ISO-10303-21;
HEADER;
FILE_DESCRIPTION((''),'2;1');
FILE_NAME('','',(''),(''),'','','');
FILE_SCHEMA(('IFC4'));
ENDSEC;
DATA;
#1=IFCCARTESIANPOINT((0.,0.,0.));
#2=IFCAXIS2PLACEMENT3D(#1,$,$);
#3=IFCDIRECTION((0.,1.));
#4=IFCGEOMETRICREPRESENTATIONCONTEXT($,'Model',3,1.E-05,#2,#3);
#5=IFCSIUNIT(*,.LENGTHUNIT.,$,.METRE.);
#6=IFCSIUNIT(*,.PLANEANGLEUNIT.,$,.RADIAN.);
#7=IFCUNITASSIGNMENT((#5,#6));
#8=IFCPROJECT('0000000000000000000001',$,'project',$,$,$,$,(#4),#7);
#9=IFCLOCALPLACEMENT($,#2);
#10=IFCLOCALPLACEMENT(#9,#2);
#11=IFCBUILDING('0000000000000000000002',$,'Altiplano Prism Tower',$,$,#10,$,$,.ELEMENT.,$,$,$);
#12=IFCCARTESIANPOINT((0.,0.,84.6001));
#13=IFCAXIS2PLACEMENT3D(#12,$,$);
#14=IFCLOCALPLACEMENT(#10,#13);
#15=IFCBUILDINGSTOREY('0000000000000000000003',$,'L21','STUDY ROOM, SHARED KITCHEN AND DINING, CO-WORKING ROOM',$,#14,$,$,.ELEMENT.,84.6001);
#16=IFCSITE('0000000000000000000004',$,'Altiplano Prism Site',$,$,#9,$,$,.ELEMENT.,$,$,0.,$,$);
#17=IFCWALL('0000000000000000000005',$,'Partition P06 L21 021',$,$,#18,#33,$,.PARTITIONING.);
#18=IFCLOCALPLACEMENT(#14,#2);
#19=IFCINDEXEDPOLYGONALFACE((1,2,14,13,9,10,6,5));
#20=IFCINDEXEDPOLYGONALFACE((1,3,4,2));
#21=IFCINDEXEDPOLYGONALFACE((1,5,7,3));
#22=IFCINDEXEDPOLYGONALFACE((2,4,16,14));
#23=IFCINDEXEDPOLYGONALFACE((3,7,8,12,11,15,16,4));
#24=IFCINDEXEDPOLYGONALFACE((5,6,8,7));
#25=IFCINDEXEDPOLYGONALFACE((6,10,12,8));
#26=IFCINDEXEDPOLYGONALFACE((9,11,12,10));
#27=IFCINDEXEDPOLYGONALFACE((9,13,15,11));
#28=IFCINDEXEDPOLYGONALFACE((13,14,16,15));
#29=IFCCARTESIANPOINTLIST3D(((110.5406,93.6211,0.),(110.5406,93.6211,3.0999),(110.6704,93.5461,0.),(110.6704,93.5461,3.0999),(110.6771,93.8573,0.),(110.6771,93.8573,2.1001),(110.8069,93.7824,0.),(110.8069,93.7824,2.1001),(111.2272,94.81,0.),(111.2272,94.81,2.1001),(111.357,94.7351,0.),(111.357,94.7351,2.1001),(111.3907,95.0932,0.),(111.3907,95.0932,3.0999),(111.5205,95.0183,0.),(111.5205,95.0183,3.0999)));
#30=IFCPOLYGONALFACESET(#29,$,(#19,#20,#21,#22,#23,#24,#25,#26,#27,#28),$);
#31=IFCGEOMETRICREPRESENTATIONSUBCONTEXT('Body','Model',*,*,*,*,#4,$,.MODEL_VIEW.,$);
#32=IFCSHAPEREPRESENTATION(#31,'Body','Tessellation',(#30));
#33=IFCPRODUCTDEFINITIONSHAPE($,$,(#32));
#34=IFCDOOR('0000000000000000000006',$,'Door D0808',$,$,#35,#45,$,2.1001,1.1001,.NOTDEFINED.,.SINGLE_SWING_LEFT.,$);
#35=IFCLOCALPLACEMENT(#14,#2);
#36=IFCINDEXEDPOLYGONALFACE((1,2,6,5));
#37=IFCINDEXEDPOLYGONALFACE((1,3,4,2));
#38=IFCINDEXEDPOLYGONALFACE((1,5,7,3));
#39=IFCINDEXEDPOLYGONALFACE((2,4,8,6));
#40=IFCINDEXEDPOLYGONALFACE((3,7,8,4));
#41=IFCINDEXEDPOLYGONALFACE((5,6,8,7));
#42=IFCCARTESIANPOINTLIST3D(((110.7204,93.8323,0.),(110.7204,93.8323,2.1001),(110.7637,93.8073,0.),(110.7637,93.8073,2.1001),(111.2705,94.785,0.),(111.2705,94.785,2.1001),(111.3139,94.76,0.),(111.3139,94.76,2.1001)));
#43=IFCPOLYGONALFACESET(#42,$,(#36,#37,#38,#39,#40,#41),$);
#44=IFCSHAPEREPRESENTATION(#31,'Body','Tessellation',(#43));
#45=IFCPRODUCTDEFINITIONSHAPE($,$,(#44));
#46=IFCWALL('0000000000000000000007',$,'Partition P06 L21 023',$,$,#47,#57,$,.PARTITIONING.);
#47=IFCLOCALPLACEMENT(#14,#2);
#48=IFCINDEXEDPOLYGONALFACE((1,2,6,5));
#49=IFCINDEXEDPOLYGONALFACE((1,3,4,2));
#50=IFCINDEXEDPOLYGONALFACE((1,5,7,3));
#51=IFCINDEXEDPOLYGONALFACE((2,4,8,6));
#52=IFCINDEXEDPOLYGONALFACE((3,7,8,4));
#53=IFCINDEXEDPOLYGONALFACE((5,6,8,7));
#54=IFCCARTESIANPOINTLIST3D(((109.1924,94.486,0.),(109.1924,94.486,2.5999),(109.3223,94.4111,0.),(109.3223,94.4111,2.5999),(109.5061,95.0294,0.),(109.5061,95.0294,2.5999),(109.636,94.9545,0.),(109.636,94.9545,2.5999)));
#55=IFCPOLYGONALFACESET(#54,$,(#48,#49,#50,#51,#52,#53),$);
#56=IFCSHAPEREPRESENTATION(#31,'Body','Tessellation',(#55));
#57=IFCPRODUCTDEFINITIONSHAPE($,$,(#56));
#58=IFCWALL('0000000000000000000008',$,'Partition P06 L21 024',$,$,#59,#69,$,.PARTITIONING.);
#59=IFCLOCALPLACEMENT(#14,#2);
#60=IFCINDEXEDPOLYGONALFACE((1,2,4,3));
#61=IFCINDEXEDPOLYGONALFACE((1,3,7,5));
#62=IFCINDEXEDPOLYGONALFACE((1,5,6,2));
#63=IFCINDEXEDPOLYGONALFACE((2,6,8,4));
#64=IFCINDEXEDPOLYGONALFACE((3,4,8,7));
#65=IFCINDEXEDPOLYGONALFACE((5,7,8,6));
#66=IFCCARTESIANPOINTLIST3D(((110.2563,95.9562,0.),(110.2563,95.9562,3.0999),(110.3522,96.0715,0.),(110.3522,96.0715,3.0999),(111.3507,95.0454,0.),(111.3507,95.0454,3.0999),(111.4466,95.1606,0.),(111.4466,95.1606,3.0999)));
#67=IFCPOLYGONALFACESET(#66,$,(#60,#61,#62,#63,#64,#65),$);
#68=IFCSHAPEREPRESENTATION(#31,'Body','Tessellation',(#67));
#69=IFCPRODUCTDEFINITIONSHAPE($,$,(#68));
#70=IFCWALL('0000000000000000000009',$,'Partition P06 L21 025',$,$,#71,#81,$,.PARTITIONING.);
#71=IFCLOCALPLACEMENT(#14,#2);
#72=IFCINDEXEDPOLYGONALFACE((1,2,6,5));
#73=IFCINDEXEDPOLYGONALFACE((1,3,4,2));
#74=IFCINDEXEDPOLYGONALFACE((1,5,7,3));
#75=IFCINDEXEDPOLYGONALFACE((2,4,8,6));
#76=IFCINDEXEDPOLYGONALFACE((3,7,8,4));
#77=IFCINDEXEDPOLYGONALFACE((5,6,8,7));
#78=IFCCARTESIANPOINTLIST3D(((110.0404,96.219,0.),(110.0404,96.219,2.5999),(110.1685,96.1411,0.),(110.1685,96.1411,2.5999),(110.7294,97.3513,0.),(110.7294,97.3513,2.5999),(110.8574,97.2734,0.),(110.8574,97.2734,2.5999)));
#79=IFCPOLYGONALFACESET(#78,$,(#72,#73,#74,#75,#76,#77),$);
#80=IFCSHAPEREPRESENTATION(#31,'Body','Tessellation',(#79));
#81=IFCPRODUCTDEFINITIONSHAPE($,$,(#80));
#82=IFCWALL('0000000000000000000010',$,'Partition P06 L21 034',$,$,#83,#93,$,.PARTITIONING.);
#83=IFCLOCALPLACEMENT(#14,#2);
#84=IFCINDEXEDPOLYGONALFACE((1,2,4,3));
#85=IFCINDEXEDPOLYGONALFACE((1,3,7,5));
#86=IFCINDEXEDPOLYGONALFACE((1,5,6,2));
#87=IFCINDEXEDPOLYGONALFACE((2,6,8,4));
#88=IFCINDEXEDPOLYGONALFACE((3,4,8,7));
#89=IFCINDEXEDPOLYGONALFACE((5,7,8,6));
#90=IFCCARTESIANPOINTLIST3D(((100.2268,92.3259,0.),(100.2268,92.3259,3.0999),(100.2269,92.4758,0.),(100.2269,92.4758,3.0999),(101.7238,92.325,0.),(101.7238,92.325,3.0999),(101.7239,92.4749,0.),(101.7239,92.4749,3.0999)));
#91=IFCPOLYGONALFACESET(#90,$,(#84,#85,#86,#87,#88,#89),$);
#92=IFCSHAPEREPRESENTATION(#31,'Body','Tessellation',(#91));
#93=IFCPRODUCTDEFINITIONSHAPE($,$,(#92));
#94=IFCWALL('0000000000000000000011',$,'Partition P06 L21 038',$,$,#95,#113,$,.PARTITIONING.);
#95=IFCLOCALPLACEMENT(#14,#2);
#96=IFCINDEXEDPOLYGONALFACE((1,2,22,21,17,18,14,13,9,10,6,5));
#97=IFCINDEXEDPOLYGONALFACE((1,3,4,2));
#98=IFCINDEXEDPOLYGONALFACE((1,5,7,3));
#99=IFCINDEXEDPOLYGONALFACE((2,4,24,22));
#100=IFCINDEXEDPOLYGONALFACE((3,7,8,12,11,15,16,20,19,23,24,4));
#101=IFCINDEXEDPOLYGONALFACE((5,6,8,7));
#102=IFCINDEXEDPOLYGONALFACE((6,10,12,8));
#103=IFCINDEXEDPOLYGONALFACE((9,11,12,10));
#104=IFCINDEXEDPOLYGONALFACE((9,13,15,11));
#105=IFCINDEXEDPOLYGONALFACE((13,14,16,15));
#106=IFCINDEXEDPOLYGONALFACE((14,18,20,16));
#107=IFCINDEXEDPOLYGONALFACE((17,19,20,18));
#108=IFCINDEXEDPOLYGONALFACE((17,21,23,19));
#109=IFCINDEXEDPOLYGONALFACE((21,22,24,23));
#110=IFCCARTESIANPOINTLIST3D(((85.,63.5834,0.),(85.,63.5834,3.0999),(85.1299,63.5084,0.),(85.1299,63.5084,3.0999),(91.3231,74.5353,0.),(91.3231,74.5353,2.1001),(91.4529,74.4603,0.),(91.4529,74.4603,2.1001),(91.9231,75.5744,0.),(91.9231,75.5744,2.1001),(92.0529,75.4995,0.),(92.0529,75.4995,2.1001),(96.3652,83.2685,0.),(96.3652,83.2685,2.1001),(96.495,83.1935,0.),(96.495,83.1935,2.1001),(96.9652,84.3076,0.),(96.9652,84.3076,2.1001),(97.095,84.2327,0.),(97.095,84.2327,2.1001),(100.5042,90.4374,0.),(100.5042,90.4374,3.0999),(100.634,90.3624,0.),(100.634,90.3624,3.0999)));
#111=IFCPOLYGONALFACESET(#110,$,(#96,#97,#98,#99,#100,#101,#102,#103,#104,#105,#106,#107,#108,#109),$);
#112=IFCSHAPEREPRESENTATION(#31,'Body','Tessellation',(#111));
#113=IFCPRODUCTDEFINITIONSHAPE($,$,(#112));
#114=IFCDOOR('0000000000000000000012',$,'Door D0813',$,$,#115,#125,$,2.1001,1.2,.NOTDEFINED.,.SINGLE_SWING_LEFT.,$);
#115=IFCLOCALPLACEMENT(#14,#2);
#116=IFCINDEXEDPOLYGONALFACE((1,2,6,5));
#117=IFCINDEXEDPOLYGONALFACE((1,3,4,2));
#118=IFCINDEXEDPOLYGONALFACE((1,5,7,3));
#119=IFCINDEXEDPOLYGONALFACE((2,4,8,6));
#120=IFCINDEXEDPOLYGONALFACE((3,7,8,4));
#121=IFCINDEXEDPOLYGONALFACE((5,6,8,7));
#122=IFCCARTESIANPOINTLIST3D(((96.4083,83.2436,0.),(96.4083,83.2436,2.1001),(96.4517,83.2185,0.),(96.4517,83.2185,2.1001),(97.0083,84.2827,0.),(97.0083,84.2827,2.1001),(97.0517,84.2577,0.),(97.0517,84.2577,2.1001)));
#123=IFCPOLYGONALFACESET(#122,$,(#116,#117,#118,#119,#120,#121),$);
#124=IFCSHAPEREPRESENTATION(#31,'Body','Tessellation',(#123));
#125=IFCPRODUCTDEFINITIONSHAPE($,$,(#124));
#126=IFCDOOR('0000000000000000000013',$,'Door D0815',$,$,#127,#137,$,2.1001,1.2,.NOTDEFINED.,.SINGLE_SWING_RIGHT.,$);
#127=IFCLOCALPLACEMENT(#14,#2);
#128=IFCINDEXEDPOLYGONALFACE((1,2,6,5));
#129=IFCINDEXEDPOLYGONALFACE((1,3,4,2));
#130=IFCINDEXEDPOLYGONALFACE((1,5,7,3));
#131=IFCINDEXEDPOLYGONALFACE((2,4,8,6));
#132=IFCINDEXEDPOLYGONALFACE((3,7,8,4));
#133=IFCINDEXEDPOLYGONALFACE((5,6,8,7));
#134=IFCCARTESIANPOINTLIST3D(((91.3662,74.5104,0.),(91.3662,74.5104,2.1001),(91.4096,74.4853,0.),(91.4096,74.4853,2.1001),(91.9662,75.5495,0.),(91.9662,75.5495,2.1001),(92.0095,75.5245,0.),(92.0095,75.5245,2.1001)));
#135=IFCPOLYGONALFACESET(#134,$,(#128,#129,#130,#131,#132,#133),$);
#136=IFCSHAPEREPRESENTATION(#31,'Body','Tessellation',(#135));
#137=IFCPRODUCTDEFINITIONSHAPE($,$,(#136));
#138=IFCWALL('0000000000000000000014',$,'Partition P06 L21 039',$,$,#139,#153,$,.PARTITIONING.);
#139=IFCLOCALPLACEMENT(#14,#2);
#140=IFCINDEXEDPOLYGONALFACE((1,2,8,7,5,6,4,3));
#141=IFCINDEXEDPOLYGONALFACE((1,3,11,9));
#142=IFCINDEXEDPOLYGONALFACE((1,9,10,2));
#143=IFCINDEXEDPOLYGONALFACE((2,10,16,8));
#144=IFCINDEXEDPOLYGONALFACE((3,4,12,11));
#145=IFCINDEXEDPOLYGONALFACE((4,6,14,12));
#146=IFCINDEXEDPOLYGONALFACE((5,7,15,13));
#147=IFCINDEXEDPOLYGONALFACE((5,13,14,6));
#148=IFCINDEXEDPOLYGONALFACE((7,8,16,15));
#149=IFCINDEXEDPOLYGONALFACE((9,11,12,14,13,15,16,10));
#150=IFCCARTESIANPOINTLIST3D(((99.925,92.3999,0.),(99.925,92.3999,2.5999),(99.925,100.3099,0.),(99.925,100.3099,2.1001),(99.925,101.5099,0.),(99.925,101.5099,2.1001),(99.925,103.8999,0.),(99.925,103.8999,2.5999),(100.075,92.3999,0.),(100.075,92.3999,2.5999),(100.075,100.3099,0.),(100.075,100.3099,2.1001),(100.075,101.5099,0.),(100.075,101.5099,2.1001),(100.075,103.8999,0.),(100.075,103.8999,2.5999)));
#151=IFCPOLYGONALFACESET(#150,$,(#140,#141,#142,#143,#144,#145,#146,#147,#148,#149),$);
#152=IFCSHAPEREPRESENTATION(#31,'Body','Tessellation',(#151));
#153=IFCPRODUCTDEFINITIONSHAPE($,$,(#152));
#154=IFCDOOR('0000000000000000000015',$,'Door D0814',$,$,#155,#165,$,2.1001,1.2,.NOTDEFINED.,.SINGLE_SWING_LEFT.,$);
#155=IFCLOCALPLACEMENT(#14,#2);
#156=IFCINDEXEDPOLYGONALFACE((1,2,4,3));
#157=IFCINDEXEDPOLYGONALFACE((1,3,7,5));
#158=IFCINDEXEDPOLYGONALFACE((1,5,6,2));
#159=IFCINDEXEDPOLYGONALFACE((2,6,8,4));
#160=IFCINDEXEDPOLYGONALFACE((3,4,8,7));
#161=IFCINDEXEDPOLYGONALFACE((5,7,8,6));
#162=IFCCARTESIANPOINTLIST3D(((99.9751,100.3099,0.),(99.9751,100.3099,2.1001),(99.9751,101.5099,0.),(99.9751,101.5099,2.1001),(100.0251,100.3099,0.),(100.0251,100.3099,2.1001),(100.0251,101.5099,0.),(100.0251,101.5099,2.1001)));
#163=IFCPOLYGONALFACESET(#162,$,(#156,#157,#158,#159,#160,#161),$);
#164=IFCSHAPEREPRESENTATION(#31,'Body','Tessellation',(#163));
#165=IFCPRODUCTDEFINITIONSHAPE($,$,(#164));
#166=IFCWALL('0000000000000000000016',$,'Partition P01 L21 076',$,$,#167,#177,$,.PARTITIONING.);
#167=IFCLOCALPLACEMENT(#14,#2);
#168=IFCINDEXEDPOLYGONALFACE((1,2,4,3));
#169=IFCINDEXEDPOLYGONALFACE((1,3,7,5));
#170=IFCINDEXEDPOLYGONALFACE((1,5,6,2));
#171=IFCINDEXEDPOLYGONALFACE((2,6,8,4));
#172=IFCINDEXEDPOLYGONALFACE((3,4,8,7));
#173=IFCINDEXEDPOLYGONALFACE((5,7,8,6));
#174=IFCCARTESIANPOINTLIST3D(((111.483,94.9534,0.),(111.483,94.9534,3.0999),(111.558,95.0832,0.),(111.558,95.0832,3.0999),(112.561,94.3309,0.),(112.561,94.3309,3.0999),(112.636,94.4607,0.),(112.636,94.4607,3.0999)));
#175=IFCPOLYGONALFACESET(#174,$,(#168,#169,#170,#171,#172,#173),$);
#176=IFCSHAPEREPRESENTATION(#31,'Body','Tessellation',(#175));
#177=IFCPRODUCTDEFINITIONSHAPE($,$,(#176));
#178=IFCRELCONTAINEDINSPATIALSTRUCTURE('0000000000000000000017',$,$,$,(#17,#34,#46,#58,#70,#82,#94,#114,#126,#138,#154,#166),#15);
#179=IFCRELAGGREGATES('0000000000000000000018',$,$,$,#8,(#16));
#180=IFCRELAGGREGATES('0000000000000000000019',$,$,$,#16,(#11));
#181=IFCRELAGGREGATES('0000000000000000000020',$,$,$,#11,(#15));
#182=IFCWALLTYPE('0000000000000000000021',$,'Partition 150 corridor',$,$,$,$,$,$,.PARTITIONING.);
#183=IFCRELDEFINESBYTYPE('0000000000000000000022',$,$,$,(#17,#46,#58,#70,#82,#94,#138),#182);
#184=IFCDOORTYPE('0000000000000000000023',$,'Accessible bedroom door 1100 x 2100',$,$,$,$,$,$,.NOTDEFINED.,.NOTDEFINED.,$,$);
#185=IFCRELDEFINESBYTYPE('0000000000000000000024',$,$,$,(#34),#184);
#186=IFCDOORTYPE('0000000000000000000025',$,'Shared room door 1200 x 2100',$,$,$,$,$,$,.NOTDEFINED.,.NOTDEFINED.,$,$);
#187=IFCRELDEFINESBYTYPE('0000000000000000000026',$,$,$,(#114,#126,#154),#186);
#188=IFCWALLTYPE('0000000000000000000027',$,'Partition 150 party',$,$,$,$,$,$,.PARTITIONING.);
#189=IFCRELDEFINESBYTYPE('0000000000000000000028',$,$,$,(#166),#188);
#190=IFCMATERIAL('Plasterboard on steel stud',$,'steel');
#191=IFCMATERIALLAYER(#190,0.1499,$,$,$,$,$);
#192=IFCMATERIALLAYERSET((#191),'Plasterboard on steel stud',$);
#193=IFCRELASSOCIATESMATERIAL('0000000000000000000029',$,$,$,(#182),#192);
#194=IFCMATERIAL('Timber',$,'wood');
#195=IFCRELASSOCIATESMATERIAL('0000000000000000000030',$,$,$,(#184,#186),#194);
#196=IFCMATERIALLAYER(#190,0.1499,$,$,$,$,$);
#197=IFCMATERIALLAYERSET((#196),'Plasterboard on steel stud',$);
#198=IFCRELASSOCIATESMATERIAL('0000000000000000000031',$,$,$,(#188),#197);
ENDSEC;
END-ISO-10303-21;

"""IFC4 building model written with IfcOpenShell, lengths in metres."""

from ifc_helpers import new_model, si_unit, direction, frame, frame_2d, origin, place, context, subcontext, project, spatial, rectangle, extrude, material, layer, layer_set, type_object, element, fill, save


model = new_model("IFC4")

# Units and contexts
model_context = context("Model", 3, precision=1e-05, world=origin(), true_north=direction((0.0, 1.0)))
body_context = subcontext(model_context, "Body", "Model", "MODEL_VIEW")
ifc_project = project(units=[si_unit("LENGTHUNIT", "METRE"), si_unit("PLANEANGLEUNIT", "RADIAN")], contexts=[model_context])

# Site, building, storey
site_placement = place(None, origin())
site = spatial("IfcSite", under=ifc_project, at=site_placement, Name="Altiplano Prism Site", CompositionType="ELEMENT", RefElevation=0.0)
building_placement = place(site_placement, origin())
building = spatial("IfcBuilding", under=site, at=building_placement, Name="Altiplano Prism Tower", CompositionType="ELEMENT")
storey_placement = place(building_placement, frame((0.0, 0.0, 84.6001)))
storey = spatial("IfcBuildingStorey", under=building, at=storey_placement, Name="L21", Description="STUDY ROOM, SHARED KITCHEN AND DINING, CO-WORKING ROOM", CompositionType="ELEMENT", Elevation=84.6001)

# Shared definitions
ifc_material_1 = material(Name="Plasterboard on steel stud", Category="steel")
ifc_material_2 = material(Name="Timber", Category="wood")

# Shared definitions
ifc_layer_1 = layer(ifc_material_1, 0.1499)
ifc_layer_set_1 = layer_set([ifc_layer_1], Name="Plasterboard on steel stud")
wall_type_1 = type_object("IfcWallType", Name="Partition 150 corridor", PredefinedType="PARTITIONING", material=ifc_layer_set_1)

# Wall, opening, door
wall_1_placement = place(storey_placement, frame((110.6055, 93.5835, 0.0), z_axis=(0.0, 0.0, 1.0), x_axis=(0.500062, 0.865989, 0.0)))
wall_1 = element("IfcWall", 1, at=wall_1_placement, inside=storey, type_object=wall_type_1, Name="Partition P06 L21 021", PredefinedType="PARTITIONING", context=body_context, shape_type="SweptSolid", body=[
    extrude(rectangle(XDim=1.7, YDim=0.1499, at=frame_2d((0.8501, 0.0))), origin(), (0.0, 0.0, 1.0), 3.0999),
])
opening_1_placement = place(wall_1_placement, frame((0.2729, 0.0, 0.0)))
opening_1 = element("IfcOpeningElement", 2, at=opening_1_placement, cuts=wall_1, PredefinedType="OPENING", context=body_context, shape_type="SweptSolid", body=[
    extrude(rectangle(XDim=1.1001, YDim=2.1001, at=frame_2d((0.55, 1.05))), frame((0.0, 0.0854, 0.0), z_axis=(0.0, -1.0, 0.0), x_axis=(1.0, 0.0, 0.0)), (0.0, 0.0, 1.0), 0.1709),
])
door_type_1 = type_object("IfcDoorType", Name="Accessible bedroom door 1100 x 2100", OperationType="NOTDEFINED", PredefinedType="NOTDEFINED", material=ifc_material_2)
door_1_placement = place(opening_1_placement, origin())
door_1 = element("IfcDoor", 3, at=door_1_placement, inside=storey, type_object=door_type_1, Name="Door D0808", OperationType="SINGLE_SWING_LEFT", OverallHeight=2.1001, OverallWidth=1.1001, PredefinedType="NOTDEFINED", context=body_context, shape_type="SweptSolid", body=[
    extrude(rectangle(XDim=1.1001, YDim=2.1001, at=frame_2d((0.55, 1.05))), frame((0.0, 0.0249, 0.0), z_axis=(0.0, -1.0, 0.0), x_axis=(1.0, 0.0, 0.0)), (0.0, 0.0, 1.0), 0.05),
])
fill(opening_1, door_1)

# Walls
wall_2_placement = place(storey_placement, frame((109.571, 94.9919, 0.0), z_axis=(0.0, 0.0, 1.0), x_axis=(-0.499947, -0.866056, 0.0)))
element("IfcWall", 4, at=wall_2_placement, inside=storey, type_object=wall_type_1, Name="Partition P06 L21 023", PredefinedType="PARTITIONING", context=body_context, shape_type="SweptSolid", body=[
    extrude(rectangle(XDim=0.6274, YDim=0.1499, at=frame_2d((0.3137, 0.0))), origin(), (0.0, 0.0, 1.0), 2.5999),
])
wall_3_placement = place(storey_placement, frame((111.3987, 95.103, 0.0), z_axis=(0.0, 0.0, 1.0), x_axis=(-0.768629, 0.639695, 0.0)))
element("IfcWall", 5, at=wall_3_placement, inside=storey, type_object=wall_type_1, Name="Partition P06 L21 024", PredefinedType="PARTITIONING", context=body_context, shape_type="SweptSolid", body=[
    extrude(rectangle(XDim=1.4238, YDim=0.1499, at=frame_2d((0.7119, 0.0))), origin(), (0.0, 0.0, 1.0), 3.0999),
])
wall_4_placement = place(storey_placement, frame((110.1045, 96.1802, 0.0), z_axis=(0.0, 0.0, 1.0), x_axis=(0.519795, 0.854291, 0.0)))
element("IfcWall", 6, at=wall_4_placement, inside=storey, type_object=wall_type_1, Name="Partition P06 L21 025", PredefinedType="PARTITIONING", context=body_context, shape_type="SweptSolid", body=[
    extrude(rectangle(XDim=1.3254, YDim=0.1499, at=frame_2d((0.6626, 0.0))), origin(), (0.0, 0.0, 1.0), 2.5999),
])
wall_5_placement = place(storey_placement, frame((101.7239, 92.3999, 0.0), z_axis=(0.0, 0.0, 1.0), x_axis=(-1.0, 0.000652, 0.0)))
element("IfcWall", 7, at=wall_5_placement, inside=storey, type_object=wall_type_1, Name="Partition P06 L21 034", PredefinedType="PARTITIONING", context=body_context, shape_type="SweptSolid", body=[
    extrude(rectangle(XDim=1.4971, YDim=0.1499, at=frame_2d((0.7485, 0.0))), origin(), (0.0, 0.0, 1.0), 3.0999),
])

# Wall, openings, doors
wall_6_placement = place(storey_placement, frame((100.5691, 90.3999, 0.0), z_axis=(0.0, 0.0, 1.0), x_axis=(-0.5, -0.866026, 0.0)))
wall_6 = element("IfcWall", 8, at=wall_6_placement, inside=storey, type_object=wall_type_1, Name="Partition P06 L21 038", PredefinedType="PARTITIONING", context=body_context, shape_type="SweptSolid", body=[
    extrude(rectangle(XDim=31.0083, YDim=0.1499, at=frame_2d((15.5042, 0.0))), origin(), (0.0, 0.0, 1.0), 3.0999),
])
opening_2_placement = place(wall_6_placement, frame((7.0779, 0.0, 0.0)))
opening_2 = element("IfcOpeningElement", 9, at=opening_2_placement, cuts=wall_6, PredefinedType="OPENING", context=body_context, shape_type="SweptSolid", body=[
    extrude(rectangle(XDim=1.2, YDim=2.1001, at=frame_2d((0.6001, 1.05))), frame((0.0, 0.0854, 0.0), z_axis=(0.0, -1.0, 0.0), x_axis=(1.0, 0.0, 0.0)), (0.0, 0.0, 1.0), 0.1709),
])
opening_3_placement = place(wall_6_placement, frame((17.1621, 0.0, 0.0)))
opening_3 = element("IfcOpeningElement", 10, at=opening_3_placement, cuts=wall_6, PredefinedType="OPENING", context=body_context, shape_type="SweptSolid", body=[
    extrude(rectangle(XDim=1.2, YDim=2.1001, at=frame_2d((0.6001, 1.05))), frame((0.0, 0.0854, 0.0), z_axis=(0.0, -1.0, 0.0), x_axis=(1.0, 0.0, 0.0)), (0.0, 0.0, 1.0), 0.1709),
])
door_type_2 = type_object("IfcDoorType", Name="Shared room door 1200 x 2100", OperationType="NOTDEFINED", PredefinedType="NOTDEFINED", material=ifc_material_2)
door_2_placement = place(opening_2_placement, origin())
door_2 = element("IfcDoor", 11, at=door_2_placement, inside=storey, type_object=door_type_2, Name="Door D0813", OperationType="SINGLE_SWING_LEFT", OverallHeight=2.1001, OverallWidth=1.2, PredefinedType="NOTDEFINED", context=body_context, shape_type="SweptSolid", body=[
    extrude(rectangle(XDim=1.2, YDim=2.1001, at=frame_2d((0.6001, 1.05))), frame((0.0, 0.0249, 0.0), z_axis=(0.0, -1.0, 0.0), x_axis=(1.0, 0.0, 0.0)), (0.0, 0.0, 1.0), 0.05),
])
fill(opening_2, door_2)
door_3_placement = place(opening_3_placement, origin())
door_3 = element("IfcDoor", 12, at=door_3_placement, inside=storey, type_object=door_type_2, Name="Door D0815", OperationType="SINGLE_SWING_RIGHT", OverallHeight=2.1001, OverallWidth=1.2, PredefinedType="NOTDEFINED", context=body_context, shape_type="SweptSolid", body=[
    extrude(rectangle(XDim=1.2, YDim=2.1001, at=frame_2d((0.6001, 1.05))), frame((0.0, 0.0249, 0.0), z_axis=(0.0, -1.0, 0.0), x_axis=(1.0, 0.0, 0.0)), (0.0, 0.0, 1.0), 0.05),
])
fill(opening_3, door_3)

# Wall, opening, door
wall_7_placement = place(storey_placement, frame((100.0, 92.3999, 0.0), z_axis=(0.0, 0.0, 1.0), x_axis=(0.0, 1.0, 0.0)))
wall_7 = element("IfcWall", 13, at=wall_7_placement, inside=storey, type_object=wall_type_1, Name="Partition P06 L21 039", PredefinedType="PARTITIONING", context=body_context, shape_type="SweptSolid", body=[
    extrude(rectangle(XDim=11.5, YDim=0.1499, at=frame_2d((5.75, 0.0))), origin(), (0.0, 0.0, 1.0), 2.5999),
])
opening_4_placement = place(wall_7_placement, frame((7.9099, 0.0, 0.0)))
opening_4 = element("IfcOpeningElement", 14, at=opening_4_placement, cuts=wall_7, PredefinedType="OPENING", context=body_context, shape_type="SweptSolid", body=[
    extrude(rectangle(XDim=1.2, YDim=2.1001, at=frame_2d((0.6001, 1.05))), frame((0.0, 0.0854, 0.0), z_axis=(0.0, -1.0, 0.0), x_axis=(1.0, 0.0, 0.0)), (0.0, 0.0, 1.0), 0.1709),
])
door_4_placement = place(opening_4_placement, origin())
door_4 = element("IfcDoor", 15, at=door_4_placement, inside=storey, type_object=door_type_2, Name="Door D0814", OperationType="SINGLE_SWING_LEFT", OverallHeight=2.1001, OverallWidth=1.2, PredefinedType="NOTDEFINED", context=body_context, shape_type="SweptSolid", body=[
    extrude(rectangle(XDim=1.2, YDim=2.1001, at=frame_2d((0.6001, 1.05))), frame((0.0, 0.0249, 0.0), z_axis=(0.0, -1.0, 0.0), x_axis=(1.0, 0.0, 0.0)), (0.0, 0.0, 1.0), 0.05),
])
fill(opening_4, door_4)

# Wall
ifc_layer_2 = layer(ifc_material_1, 0.1499)
ifc_layer_set_2 = layer_set([ifc_layer_2], Name="Plasterboard on steel stud")
wall_type_2 = type_object("IfcWallType", Name="Partition 150 party", PredefinedType="PARTITIONING", material=ifc_layer_set_2)
wall_8_placement = place(storey_placement, frame((112.5986, 94.3958, 0.0), z_axis=(0.0, 0.0, 1.0), x_axis=(-0.86599, 0.500062, 0.0)))
element("IfcWall", 16, at=wall_8_placement, inside=storey, type_object=wall_type_2, Name="Partition P01 L21 076", PredefinedType="PARTITIONING", context=body_context, shape_type="SweptSolid", body=[
    extrude(rectangle(XDim=1.2449, YDim=0.1499, at=frame_2d((0.6226, 0.0))), origin(), (0.0, 0.0, 1.0), 3.0999),
])

save(model, "model.ifc")
